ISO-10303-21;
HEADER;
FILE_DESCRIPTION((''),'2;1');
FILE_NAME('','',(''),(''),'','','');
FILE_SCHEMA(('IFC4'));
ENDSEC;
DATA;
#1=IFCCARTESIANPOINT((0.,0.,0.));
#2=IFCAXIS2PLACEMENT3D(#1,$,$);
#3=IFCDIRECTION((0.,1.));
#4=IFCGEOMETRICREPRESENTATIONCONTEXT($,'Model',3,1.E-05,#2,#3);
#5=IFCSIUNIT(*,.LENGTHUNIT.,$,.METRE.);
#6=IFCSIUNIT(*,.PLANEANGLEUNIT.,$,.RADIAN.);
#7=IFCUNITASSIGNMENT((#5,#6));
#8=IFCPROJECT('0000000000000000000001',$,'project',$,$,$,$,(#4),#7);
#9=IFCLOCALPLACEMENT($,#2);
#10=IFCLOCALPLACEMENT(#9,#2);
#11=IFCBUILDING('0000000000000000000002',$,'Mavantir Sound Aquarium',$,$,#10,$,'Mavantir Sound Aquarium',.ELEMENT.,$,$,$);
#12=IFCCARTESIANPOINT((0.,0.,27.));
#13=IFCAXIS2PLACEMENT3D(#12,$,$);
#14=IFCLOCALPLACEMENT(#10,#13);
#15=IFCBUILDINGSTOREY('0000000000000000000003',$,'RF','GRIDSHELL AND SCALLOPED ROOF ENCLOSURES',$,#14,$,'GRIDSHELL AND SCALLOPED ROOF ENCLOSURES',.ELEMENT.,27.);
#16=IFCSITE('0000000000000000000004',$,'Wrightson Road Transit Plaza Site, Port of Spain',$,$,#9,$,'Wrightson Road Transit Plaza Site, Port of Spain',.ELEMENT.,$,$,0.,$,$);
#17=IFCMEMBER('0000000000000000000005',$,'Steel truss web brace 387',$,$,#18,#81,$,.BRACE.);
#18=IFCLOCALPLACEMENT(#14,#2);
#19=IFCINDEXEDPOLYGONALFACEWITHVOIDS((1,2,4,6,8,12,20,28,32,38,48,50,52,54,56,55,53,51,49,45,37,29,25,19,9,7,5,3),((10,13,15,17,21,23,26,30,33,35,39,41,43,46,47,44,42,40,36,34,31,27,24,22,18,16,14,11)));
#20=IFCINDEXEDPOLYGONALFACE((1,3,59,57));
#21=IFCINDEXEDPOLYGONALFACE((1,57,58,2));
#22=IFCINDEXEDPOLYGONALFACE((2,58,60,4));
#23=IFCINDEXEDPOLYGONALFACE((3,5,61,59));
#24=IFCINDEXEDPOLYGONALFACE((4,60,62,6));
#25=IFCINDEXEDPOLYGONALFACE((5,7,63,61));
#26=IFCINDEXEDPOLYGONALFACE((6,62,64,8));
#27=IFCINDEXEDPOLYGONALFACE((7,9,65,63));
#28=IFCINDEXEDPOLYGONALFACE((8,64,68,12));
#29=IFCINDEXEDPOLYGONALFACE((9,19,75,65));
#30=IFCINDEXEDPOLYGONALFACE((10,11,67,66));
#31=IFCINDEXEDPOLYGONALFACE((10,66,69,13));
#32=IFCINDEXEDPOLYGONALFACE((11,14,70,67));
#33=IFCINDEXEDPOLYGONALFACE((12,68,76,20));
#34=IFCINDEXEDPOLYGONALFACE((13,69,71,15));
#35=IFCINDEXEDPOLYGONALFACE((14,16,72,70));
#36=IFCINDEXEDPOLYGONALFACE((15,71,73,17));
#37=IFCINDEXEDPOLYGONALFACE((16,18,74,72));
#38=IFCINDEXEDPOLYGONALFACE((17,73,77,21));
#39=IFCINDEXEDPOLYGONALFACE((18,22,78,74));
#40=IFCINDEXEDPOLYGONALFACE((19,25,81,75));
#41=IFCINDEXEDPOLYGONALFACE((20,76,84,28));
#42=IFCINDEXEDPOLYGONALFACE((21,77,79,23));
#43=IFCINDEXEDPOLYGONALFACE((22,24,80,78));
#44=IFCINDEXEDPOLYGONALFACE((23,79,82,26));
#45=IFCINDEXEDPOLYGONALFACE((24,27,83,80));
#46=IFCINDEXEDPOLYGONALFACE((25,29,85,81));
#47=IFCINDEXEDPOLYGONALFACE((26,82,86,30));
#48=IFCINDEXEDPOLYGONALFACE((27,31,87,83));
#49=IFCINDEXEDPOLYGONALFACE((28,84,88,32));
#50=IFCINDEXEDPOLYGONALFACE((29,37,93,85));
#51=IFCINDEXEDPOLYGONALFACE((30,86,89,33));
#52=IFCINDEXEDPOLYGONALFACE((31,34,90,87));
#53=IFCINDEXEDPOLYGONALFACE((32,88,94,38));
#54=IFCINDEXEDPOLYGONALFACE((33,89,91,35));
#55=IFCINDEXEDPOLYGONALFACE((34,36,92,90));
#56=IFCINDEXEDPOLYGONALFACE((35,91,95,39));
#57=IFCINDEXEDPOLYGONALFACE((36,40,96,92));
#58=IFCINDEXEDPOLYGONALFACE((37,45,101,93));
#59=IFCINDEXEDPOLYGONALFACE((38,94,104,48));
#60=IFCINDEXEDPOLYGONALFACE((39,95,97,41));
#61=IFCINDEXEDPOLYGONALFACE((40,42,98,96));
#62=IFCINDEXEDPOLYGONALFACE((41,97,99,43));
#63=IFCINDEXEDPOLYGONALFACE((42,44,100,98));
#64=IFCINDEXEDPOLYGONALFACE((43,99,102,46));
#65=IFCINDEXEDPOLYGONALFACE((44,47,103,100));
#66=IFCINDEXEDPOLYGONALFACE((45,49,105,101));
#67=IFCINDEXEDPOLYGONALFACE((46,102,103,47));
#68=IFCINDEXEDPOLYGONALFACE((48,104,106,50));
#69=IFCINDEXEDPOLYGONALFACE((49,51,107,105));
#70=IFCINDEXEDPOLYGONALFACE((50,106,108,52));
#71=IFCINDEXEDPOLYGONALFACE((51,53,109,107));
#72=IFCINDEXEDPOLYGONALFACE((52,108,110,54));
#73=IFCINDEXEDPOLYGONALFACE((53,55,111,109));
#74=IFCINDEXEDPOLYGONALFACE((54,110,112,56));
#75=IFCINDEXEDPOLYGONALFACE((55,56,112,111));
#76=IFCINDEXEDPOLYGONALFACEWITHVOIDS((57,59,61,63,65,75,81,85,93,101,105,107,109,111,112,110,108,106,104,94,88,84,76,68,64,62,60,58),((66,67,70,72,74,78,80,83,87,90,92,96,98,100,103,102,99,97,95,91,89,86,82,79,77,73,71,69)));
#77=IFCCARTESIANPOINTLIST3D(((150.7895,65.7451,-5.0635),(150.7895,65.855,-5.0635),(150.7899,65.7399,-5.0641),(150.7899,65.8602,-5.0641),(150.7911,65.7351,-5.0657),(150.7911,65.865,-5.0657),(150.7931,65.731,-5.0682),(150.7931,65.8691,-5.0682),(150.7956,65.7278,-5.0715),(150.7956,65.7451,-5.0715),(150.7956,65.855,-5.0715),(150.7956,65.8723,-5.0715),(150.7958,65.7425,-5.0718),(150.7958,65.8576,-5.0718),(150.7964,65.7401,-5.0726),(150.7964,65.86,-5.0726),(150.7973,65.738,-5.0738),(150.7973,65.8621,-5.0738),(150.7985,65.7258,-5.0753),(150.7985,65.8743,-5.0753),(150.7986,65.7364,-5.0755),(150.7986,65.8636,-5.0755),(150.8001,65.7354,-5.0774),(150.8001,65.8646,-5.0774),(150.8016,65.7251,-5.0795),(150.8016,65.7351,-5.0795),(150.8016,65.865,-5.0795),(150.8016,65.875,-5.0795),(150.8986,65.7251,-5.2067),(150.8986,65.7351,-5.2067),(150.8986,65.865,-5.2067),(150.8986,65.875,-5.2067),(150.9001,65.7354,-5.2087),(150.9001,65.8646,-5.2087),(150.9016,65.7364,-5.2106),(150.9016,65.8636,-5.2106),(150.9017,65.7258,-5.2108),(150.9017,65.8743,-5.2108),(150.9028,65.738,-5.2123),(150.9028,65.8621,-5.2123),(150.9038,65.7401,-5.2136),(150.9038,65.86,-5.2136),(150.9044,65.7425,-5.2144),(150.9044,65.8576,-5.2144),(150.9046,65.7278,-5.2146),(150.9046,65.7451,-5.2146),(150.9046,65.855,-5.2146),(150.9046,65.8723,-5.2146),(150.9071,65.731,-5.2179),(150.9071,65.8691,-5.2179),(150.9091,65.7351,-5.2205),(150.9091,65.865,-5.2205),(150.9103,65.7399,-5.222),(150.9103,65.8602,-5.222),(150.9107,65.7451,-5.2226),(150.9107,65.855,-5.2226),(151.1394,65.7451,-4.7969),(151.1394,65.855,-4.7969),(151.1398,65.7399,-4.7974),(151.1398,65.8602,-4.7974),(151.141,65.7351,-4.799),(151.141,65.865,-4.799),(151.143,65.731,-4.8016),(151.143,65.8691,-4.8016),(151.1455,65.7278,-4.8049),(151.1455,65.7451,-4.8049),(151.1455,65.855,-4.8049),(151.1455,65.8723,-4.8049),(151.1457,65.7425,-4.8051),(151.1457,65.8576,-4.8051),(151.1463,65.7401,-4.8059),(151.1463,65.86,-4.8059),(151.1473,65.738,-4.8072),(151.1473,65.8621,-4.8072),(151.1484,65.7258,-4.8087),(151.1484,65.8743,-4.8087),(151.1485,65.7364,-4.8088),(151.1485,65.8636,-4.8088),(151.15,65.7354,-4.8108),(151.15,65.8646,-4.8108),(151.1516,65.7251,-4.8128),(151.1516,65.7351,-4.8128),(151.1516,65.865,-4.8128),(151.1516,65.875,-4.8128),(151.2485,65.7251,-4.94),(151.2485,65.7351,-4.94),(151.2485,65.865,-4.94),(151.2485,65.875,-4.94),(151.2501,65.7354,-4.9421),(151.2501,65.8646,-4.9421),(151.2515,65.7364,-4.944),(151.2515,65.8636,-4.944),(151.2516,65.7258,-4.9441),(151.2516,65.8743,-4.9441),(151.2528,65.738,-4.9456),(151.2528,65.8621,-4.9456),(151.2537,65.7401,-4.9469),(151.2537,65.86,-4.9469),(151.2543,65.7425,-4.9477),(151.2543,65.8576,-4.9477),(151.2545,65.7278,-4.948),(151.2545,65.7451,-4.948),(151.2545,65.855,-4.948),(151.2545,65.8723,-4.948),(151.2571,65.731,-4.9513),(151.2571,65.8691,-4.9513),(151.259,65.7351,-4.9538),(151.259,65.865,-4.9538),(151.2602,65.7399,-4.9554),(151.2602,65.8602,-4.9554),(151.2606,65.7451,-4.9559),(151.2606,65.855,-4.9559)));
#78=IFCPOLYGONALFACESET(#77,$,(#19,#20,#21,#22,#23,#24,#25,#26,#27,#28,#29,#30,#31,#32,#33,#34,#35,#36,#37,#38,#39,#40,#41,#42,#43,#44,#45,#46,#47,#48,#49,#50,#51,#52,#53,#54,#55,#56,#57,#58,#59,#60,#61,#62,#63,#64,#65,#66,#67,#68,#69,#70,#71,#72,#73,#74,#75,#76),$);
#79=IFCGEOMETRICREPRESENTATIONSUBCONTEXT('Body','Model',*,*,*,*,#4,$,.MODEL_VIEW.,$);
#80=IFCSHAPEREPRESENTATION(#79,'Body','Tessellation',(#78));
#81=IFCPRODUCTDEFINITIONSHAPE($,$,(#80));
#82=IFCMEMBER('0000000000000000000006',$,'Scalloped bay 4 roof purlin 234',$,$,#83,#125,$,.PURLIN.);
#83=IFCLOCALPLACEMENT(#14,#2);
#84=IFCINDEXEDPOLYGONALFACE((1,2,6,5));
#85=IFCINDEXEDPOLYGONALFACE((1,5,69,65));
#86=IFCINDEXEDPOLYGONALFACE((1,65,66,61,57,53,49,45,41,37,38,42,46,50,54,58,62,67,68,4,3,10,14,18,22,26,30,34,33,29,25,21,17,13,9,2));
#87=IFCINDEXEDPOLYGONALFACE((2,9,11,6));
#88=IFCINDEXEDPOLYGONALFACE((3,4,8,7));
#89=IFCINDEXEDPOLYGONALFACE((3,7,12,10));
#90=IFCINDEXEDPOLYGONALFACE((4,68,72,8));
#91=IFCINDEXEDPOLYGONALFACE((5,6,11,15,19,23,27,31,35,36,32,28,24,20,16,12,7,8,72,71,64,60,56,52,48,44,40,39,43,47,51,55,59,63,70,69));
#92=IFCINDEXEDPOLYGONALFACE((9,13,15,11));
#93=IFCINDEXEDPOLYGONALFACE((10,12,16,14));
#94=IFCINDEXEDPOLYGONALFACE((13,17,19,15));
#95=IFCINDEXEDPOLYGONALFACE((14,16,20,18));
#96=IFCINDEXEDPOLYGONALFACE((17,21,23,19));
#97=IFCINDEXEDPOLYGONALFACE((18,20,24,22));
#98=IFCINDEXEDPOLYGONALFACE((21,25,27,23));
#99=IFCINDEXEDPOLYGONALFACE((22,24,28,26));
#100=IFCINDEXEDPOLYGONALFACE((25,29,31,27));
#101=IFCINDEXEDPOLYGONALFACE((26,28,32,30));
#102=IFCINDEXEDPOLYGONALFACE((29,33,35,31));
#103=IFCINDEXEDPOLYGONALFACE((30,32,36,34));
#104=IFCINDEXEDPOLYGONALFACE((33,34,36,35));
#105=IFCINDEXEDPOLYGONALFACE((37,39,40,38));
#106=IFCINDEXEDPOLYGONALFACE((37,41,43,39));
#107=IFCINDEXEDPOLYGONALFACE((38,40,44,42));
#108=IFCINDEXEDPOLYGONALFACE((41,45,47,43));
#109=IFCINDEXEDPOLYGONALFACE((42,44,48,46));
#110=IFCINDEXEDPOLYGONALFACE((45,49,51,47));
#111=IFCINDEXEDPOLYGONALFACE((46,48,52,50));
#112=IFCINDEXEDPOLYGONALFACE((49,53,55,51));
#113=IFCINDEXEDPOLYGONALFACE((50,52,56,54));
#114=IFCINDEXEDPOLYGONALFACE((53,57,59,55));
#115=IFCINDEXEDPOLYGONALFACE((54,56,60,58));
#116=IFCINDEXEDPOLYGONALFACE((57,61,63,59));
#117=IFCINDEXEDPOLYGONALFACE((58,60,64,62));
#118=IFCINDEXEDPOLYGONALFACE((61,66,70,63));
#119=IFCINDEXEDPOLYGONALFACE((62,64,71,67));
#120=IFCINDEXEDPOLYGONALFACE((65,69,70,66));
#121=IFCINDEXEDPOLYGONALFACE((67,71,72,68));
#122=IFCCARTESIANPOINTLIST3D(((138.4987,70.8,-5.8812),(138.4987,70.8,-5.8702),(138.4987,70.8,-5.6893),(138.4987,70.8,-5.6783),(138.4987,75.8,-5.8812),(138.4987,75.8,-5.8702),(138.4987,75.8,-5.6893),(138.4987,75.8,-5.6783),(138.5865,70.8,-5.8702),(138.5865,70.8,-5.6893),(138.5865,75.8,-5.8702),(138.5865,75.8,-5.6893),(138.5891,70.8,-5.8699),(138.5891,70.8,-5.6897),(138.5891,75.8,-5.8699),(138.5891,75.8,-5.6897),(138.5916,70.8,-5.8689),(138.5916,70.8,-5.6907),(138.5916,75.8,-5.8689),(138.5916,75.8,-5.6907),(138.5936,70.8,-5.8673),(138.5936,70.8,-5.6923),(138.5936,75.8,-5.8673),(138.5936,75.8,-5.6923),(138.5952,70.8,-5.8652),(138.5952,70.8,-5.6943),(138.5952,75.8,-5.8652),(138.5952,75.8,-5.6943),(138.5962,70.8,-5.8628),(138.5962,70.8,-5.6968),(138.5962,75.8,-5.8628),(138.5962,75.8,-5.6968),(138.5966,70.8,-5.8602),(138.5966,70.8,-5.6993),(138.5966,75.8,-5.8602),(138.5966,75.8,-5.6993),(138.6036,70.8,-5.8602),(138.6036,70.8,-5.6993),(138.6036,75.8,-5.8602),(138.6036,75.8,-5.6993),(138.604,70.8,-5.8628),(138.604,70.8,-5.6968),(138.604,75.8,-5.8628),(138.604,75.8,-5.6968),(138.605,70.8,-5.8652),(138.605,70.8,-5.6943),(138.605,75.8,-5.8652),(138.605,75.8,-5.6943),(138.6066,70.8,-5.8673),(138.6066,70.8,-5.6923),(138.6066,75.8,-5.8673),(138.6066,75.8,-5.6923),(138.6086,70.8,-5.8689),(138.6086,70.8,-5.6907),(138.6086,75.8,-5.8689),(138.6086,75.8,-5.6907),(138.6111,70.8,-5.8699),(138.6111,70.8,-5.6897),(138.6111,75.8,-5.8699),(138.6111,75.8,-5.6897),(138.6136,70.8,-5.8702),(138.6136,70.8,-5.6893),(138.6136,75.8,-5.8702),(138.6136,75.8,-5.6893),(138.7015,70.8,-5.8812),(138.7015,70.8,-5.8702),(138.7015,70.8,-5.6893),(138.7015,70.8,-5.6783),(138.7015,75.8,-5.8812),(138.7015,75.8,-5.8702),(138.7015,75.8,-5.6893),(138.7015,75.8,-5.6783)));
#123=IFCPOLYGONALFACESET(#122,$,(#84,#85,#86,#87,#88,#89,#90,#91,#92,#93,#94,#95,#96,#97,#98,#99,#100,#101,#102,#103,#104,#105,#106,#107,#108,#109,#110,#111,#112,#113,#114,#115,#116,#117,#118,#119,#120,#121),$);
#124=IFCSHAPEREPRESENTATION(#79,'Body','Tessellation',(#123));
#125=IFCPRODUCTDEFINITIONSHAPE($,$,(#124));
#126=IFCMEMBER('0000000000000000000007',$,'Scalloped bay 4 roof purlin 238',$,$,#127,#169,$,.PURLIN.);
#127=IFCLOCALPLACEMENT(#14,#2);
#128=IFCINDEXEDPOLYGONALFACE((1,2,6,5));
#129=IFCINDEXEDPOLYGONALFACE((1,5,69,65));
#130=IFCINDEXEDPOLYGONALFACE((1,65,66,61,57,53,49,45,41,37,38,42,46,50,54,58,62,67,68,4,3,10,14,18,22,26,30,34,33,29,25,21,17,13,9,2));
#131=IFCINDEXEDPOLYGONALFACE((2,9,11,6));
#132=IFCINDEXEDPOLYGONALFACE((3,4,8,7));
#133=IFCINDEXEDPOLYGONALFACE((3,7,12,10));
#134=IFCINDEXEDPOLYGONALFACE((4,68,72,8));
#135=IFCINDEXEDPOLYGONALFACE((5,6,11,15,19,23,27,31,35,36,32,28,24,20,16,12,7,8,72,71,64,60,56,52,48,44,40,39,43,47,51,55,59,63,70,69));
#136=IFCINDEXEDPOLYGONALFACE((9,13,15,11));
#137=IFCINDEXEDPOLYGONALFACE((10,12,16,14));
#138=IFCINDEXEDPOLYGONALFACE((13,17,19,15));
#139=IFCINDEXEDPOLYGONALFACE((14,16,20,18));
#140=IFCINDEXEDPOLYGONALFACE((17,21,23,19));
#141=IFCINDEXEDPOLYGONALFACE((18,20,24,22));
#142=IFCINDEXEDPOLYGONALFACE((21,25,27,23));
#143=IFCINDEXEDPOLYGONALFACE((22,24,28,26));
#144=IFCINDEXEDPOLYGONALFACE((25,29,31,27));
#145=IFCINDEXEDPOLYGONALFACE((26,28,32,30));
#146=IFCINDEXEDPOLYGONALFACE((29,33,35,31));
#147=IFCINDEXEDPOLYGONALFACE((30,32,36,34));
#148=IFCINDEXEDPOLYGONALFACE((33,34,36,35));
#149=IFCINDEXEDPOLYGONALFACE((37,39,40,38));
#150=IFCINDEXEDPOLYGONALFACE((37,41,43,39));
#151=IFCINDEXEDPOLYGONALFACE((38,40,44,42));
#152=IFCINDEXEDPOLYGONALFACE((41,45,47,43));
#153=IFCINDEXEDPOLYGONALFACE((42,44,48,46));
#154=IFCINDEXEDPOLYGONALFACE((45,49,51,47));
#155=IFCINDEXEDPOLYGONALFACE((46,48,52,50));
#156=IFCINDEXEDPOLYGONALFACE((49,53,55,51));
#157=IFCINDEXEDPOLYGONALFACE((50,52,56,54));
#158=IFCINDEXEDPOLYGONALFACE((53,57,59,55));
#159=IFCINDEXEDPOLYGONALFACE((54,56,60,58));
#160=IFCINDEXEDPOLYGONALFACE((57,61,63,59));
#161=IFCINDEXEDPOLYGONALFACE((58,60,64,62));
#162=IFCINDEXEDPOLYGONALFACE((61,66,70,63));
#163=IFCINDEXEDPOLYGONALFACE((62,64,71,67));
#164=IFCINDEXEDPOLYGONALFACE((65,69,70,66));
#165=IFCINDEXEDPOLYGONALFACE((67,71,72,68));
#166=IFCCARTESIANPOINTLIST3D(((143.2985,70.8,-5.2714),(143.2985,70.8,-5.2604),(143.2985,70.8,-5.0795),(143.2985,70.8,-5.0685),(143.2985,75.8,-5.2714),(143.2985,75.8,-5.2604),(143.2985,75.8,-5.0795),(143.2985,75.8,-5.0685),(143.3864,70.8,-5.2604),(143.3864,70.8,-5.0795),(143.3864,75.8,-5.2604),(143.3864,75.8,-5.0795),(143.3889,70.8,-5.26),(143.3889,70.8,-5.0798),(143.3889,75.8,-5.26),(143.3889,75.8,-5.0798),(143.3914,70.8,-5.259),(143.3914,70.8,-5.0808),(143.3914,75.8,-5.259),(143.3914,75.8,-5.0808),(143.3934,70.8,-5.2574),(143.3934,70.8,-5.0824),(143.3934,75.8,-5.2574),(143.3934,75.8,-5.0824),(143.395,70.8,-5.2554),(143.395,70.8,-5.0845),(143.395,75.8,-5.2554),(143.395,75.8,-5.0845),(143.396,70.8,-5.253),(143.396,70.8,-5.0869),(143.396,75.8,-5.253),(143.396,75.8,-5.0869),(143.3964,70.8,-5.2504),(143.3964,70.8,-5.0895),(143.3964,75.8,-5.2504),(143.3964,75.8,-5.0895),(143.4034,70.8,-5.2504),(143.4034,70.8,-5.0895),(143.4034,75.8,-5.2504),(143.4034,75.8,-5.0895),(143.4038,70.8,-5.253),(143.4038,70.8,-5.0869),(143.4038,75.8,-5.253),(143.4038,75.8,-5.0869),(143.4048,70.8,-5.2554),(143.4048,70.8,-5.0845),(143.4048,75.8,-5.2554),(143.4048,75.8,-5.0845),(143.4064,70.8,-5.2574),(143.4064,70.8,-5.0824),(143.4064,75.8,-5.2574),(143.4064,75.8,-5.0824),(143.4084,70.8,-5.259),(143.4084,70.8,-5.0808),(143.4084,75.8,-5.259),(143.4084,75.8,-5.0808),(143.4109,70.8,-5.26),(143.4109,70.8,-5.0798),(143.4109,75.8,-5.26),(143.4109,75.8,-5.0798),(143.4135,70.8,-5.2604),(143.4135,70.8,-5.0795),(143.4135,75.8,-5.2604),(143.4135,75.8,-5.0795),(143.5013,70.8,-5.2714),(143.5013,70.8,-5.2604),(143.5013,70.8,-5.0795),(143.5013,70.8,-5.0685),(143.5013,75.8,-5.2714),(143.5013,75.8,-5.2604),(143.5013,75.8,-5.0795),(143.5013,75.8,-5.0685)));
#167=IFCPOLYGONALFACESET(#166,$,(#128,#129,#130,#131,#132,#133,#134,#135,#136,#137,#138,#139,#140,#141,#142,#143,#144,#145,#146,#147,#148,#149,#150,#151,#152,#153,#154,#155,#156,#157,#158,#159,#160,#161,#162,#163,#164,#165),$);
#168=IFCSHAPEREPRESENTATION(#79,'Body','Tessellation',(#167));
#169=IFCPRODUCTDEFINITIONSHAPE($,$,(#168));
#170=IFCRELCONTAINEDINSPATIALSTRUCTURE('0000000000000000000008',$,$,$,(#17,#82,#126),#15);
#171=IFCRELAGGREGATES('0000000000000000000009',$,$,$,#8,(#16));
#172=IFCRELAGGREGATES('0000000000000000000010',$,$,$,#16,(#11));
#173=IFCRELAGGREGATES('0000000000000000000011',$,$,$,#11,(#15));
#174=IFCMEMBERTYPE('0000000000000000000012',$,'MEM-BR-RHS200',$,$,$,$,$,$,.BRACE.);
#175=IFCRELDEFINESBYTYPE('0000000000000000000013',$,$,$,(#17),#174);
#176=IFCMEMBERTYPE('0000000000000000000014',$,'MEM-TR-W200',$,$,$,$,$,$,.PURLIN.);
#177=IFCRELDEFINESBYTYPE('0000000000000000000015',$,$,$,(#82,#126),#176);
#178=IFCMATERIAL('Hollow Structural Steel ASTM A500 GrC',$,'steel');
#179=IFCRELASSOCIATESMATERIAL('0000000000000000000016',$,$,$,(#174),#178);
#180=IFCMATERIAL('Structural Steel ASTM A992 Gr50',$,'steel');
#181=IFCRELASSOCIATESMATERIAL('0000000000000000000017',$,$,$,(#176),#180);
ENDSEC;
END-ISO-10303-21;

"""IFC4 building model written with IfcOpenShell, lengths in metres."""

from ifc_helpers import new_model, si_unit, direction, frame, origin, origin_2d, place, context, subcontext, project, spatial, hollow_rectangle, i_section, extrude, material, material_profile, profile_set, type_object, element, save


model = new_model("IFC4")

# Units and contexts
model_context = context("Model", 3, precision=1e-05, world=origin(), true_north=direction((0.0, 1.0)))
body_context = subcontext(model_context, "Body", "Model", "MODEL_VIEW")
ifc_project = project(units=[si_unit("LENGTHUNIT", "METRE"), si_unit("PLANEANGLEUNIT", "RADIAN")], contexts=[model_context])

# Site, building, storey
site_placement = place(None, origin())
site = spatial("IfcSite", under=ifc_project, at=site_placement, Name="Wrightson Road Transit Plaza Site, Port of Spain", LongName="Wrightson Road Transit Plaza Site, Port of Spain", CompositionType="ELEMENT", RefElevation=0.0)
building_placement = place(site_placement, origin())
building = spatial("IfcBuilding", under=site, at=building_placement, Name="Mavantir Sound Aquarium", LongName="Mavantir Sound Aquarium", CompositionType="ELEMENT")
storey_placement = place(building_placement, frame((0.0, 0.0, 27.0)))
storey = spatial("IfcBuildingStorey", under=building, at=storey_placement, Name="RF", Description="GRIDSHELL AND SCALLOPED ROOF ENCLOSURES", LongName="GRIDSHELL AND SCALLOPED ROOF ENCLOSURES", CompositionType="ELEMENT", Elevation=27.0)

# Shared definitions
ifc_material_1 = material(Name="Structural Steel ASTM A992 Gr50", Category="steel")

# Members
ifc_material_2 = material(Name="Hollow Structural Steel ASTM A500 GrC", Category="steel")
ifc_material_profile_1 = material_profile(ifc_material_2, hollow_rectangle(XDim=0.1499, YDim=0.2, WallThickness=0.01, InnerFilletRadius=0.01, OuterFilletRadius=0.02, at=origin_2d()), Name="RHS 200X150X10")
ifc_profile_set_1 = profile_set([ifc_material_profile_1], Name="Hollow Structural Steel ASTM A500 GrC")
member_type_1 = type_object("IfcMemberType", Name="MEM-BR-RHS200", PredefinedType="BRACE", material=ifc_profile_set_1)
for number, where, z_axis, x_axis, name in (
    (1, (150.8501, 65.8, -5.1431), (0.795381, 0.0, 0.60611), (0.0, 1.0, 0.0), "Steel truss web brace 387"),
):
    element("IfcMember", number, at=place(storey_placement, frame(where, z_axis=z_axis, x_axis=x_axis)), inside=storey, type_object=member_type_1, Name=name, PredefinedType="BRACE", context=body_context, shape_type="SweptSolid", body=[
        extrude(hollow_rectangle(XDim=0.1499, YDim=0.2, WallThickness=0.01, InnerFilletRadius=0.01, OuterFilletRadius=0.02, at=origin_2d()), origin(), (0.0, 0.0, 1.0), 0.4399),
    ])
ifc_material_profile_2 = material_profile(ifc_material_1, i_section(OverallWidth=0.2029, OverallDepth=0.2029, WebThickness=0.0071, FlangeThickness=0.011, FilletRadius=0.01, at=origin_2d()), Name="W200X46")
ifc_profile_set_2 = profile_set([ifc_material_profile_2], Name="Structural Steel ASTM A992 Gr50")
member_type_2 = type_object("IfcMemberType", Name="MEM-TR-W200", PredefinedType="PURLIN", material=ifc_profile_set_2)
for number, where, z_axis, x_axis, name in (
    (2, (138.6001, 70.8, -5.7798), (0.0, 1.0, 0.0), (-1.0, 0.0, 0.0), "Scalloped bay 4 roof purlin 234"),
    (3, (143.3999, 70.8, -5.1699), (0.0, 1.0, 0.0), (-1.0, 0.0, 0.0), "Scalloped bay 4 roof purlin 238"),
):
    element("IfcMember", number, at=place(storey_placement, frame(where, z_axis=z_axis, x_axis=x_axis)), inside=storey, type_object=member_type_2, Name=name, PredefinedType="PURLIN", context=body_context, shape_type="SweptSolid", body=[
        extrude(i_section(OverallWidth=0.2029, OverallDepth=0.2029, WebThickness=0.0071, FlangeThickness=0.011, FilletRadius=0.01, at=origin_2d()), origin(), (0.0, 0.0, 1.0), 5.0),
    ])

save(model, "model.ifc")
